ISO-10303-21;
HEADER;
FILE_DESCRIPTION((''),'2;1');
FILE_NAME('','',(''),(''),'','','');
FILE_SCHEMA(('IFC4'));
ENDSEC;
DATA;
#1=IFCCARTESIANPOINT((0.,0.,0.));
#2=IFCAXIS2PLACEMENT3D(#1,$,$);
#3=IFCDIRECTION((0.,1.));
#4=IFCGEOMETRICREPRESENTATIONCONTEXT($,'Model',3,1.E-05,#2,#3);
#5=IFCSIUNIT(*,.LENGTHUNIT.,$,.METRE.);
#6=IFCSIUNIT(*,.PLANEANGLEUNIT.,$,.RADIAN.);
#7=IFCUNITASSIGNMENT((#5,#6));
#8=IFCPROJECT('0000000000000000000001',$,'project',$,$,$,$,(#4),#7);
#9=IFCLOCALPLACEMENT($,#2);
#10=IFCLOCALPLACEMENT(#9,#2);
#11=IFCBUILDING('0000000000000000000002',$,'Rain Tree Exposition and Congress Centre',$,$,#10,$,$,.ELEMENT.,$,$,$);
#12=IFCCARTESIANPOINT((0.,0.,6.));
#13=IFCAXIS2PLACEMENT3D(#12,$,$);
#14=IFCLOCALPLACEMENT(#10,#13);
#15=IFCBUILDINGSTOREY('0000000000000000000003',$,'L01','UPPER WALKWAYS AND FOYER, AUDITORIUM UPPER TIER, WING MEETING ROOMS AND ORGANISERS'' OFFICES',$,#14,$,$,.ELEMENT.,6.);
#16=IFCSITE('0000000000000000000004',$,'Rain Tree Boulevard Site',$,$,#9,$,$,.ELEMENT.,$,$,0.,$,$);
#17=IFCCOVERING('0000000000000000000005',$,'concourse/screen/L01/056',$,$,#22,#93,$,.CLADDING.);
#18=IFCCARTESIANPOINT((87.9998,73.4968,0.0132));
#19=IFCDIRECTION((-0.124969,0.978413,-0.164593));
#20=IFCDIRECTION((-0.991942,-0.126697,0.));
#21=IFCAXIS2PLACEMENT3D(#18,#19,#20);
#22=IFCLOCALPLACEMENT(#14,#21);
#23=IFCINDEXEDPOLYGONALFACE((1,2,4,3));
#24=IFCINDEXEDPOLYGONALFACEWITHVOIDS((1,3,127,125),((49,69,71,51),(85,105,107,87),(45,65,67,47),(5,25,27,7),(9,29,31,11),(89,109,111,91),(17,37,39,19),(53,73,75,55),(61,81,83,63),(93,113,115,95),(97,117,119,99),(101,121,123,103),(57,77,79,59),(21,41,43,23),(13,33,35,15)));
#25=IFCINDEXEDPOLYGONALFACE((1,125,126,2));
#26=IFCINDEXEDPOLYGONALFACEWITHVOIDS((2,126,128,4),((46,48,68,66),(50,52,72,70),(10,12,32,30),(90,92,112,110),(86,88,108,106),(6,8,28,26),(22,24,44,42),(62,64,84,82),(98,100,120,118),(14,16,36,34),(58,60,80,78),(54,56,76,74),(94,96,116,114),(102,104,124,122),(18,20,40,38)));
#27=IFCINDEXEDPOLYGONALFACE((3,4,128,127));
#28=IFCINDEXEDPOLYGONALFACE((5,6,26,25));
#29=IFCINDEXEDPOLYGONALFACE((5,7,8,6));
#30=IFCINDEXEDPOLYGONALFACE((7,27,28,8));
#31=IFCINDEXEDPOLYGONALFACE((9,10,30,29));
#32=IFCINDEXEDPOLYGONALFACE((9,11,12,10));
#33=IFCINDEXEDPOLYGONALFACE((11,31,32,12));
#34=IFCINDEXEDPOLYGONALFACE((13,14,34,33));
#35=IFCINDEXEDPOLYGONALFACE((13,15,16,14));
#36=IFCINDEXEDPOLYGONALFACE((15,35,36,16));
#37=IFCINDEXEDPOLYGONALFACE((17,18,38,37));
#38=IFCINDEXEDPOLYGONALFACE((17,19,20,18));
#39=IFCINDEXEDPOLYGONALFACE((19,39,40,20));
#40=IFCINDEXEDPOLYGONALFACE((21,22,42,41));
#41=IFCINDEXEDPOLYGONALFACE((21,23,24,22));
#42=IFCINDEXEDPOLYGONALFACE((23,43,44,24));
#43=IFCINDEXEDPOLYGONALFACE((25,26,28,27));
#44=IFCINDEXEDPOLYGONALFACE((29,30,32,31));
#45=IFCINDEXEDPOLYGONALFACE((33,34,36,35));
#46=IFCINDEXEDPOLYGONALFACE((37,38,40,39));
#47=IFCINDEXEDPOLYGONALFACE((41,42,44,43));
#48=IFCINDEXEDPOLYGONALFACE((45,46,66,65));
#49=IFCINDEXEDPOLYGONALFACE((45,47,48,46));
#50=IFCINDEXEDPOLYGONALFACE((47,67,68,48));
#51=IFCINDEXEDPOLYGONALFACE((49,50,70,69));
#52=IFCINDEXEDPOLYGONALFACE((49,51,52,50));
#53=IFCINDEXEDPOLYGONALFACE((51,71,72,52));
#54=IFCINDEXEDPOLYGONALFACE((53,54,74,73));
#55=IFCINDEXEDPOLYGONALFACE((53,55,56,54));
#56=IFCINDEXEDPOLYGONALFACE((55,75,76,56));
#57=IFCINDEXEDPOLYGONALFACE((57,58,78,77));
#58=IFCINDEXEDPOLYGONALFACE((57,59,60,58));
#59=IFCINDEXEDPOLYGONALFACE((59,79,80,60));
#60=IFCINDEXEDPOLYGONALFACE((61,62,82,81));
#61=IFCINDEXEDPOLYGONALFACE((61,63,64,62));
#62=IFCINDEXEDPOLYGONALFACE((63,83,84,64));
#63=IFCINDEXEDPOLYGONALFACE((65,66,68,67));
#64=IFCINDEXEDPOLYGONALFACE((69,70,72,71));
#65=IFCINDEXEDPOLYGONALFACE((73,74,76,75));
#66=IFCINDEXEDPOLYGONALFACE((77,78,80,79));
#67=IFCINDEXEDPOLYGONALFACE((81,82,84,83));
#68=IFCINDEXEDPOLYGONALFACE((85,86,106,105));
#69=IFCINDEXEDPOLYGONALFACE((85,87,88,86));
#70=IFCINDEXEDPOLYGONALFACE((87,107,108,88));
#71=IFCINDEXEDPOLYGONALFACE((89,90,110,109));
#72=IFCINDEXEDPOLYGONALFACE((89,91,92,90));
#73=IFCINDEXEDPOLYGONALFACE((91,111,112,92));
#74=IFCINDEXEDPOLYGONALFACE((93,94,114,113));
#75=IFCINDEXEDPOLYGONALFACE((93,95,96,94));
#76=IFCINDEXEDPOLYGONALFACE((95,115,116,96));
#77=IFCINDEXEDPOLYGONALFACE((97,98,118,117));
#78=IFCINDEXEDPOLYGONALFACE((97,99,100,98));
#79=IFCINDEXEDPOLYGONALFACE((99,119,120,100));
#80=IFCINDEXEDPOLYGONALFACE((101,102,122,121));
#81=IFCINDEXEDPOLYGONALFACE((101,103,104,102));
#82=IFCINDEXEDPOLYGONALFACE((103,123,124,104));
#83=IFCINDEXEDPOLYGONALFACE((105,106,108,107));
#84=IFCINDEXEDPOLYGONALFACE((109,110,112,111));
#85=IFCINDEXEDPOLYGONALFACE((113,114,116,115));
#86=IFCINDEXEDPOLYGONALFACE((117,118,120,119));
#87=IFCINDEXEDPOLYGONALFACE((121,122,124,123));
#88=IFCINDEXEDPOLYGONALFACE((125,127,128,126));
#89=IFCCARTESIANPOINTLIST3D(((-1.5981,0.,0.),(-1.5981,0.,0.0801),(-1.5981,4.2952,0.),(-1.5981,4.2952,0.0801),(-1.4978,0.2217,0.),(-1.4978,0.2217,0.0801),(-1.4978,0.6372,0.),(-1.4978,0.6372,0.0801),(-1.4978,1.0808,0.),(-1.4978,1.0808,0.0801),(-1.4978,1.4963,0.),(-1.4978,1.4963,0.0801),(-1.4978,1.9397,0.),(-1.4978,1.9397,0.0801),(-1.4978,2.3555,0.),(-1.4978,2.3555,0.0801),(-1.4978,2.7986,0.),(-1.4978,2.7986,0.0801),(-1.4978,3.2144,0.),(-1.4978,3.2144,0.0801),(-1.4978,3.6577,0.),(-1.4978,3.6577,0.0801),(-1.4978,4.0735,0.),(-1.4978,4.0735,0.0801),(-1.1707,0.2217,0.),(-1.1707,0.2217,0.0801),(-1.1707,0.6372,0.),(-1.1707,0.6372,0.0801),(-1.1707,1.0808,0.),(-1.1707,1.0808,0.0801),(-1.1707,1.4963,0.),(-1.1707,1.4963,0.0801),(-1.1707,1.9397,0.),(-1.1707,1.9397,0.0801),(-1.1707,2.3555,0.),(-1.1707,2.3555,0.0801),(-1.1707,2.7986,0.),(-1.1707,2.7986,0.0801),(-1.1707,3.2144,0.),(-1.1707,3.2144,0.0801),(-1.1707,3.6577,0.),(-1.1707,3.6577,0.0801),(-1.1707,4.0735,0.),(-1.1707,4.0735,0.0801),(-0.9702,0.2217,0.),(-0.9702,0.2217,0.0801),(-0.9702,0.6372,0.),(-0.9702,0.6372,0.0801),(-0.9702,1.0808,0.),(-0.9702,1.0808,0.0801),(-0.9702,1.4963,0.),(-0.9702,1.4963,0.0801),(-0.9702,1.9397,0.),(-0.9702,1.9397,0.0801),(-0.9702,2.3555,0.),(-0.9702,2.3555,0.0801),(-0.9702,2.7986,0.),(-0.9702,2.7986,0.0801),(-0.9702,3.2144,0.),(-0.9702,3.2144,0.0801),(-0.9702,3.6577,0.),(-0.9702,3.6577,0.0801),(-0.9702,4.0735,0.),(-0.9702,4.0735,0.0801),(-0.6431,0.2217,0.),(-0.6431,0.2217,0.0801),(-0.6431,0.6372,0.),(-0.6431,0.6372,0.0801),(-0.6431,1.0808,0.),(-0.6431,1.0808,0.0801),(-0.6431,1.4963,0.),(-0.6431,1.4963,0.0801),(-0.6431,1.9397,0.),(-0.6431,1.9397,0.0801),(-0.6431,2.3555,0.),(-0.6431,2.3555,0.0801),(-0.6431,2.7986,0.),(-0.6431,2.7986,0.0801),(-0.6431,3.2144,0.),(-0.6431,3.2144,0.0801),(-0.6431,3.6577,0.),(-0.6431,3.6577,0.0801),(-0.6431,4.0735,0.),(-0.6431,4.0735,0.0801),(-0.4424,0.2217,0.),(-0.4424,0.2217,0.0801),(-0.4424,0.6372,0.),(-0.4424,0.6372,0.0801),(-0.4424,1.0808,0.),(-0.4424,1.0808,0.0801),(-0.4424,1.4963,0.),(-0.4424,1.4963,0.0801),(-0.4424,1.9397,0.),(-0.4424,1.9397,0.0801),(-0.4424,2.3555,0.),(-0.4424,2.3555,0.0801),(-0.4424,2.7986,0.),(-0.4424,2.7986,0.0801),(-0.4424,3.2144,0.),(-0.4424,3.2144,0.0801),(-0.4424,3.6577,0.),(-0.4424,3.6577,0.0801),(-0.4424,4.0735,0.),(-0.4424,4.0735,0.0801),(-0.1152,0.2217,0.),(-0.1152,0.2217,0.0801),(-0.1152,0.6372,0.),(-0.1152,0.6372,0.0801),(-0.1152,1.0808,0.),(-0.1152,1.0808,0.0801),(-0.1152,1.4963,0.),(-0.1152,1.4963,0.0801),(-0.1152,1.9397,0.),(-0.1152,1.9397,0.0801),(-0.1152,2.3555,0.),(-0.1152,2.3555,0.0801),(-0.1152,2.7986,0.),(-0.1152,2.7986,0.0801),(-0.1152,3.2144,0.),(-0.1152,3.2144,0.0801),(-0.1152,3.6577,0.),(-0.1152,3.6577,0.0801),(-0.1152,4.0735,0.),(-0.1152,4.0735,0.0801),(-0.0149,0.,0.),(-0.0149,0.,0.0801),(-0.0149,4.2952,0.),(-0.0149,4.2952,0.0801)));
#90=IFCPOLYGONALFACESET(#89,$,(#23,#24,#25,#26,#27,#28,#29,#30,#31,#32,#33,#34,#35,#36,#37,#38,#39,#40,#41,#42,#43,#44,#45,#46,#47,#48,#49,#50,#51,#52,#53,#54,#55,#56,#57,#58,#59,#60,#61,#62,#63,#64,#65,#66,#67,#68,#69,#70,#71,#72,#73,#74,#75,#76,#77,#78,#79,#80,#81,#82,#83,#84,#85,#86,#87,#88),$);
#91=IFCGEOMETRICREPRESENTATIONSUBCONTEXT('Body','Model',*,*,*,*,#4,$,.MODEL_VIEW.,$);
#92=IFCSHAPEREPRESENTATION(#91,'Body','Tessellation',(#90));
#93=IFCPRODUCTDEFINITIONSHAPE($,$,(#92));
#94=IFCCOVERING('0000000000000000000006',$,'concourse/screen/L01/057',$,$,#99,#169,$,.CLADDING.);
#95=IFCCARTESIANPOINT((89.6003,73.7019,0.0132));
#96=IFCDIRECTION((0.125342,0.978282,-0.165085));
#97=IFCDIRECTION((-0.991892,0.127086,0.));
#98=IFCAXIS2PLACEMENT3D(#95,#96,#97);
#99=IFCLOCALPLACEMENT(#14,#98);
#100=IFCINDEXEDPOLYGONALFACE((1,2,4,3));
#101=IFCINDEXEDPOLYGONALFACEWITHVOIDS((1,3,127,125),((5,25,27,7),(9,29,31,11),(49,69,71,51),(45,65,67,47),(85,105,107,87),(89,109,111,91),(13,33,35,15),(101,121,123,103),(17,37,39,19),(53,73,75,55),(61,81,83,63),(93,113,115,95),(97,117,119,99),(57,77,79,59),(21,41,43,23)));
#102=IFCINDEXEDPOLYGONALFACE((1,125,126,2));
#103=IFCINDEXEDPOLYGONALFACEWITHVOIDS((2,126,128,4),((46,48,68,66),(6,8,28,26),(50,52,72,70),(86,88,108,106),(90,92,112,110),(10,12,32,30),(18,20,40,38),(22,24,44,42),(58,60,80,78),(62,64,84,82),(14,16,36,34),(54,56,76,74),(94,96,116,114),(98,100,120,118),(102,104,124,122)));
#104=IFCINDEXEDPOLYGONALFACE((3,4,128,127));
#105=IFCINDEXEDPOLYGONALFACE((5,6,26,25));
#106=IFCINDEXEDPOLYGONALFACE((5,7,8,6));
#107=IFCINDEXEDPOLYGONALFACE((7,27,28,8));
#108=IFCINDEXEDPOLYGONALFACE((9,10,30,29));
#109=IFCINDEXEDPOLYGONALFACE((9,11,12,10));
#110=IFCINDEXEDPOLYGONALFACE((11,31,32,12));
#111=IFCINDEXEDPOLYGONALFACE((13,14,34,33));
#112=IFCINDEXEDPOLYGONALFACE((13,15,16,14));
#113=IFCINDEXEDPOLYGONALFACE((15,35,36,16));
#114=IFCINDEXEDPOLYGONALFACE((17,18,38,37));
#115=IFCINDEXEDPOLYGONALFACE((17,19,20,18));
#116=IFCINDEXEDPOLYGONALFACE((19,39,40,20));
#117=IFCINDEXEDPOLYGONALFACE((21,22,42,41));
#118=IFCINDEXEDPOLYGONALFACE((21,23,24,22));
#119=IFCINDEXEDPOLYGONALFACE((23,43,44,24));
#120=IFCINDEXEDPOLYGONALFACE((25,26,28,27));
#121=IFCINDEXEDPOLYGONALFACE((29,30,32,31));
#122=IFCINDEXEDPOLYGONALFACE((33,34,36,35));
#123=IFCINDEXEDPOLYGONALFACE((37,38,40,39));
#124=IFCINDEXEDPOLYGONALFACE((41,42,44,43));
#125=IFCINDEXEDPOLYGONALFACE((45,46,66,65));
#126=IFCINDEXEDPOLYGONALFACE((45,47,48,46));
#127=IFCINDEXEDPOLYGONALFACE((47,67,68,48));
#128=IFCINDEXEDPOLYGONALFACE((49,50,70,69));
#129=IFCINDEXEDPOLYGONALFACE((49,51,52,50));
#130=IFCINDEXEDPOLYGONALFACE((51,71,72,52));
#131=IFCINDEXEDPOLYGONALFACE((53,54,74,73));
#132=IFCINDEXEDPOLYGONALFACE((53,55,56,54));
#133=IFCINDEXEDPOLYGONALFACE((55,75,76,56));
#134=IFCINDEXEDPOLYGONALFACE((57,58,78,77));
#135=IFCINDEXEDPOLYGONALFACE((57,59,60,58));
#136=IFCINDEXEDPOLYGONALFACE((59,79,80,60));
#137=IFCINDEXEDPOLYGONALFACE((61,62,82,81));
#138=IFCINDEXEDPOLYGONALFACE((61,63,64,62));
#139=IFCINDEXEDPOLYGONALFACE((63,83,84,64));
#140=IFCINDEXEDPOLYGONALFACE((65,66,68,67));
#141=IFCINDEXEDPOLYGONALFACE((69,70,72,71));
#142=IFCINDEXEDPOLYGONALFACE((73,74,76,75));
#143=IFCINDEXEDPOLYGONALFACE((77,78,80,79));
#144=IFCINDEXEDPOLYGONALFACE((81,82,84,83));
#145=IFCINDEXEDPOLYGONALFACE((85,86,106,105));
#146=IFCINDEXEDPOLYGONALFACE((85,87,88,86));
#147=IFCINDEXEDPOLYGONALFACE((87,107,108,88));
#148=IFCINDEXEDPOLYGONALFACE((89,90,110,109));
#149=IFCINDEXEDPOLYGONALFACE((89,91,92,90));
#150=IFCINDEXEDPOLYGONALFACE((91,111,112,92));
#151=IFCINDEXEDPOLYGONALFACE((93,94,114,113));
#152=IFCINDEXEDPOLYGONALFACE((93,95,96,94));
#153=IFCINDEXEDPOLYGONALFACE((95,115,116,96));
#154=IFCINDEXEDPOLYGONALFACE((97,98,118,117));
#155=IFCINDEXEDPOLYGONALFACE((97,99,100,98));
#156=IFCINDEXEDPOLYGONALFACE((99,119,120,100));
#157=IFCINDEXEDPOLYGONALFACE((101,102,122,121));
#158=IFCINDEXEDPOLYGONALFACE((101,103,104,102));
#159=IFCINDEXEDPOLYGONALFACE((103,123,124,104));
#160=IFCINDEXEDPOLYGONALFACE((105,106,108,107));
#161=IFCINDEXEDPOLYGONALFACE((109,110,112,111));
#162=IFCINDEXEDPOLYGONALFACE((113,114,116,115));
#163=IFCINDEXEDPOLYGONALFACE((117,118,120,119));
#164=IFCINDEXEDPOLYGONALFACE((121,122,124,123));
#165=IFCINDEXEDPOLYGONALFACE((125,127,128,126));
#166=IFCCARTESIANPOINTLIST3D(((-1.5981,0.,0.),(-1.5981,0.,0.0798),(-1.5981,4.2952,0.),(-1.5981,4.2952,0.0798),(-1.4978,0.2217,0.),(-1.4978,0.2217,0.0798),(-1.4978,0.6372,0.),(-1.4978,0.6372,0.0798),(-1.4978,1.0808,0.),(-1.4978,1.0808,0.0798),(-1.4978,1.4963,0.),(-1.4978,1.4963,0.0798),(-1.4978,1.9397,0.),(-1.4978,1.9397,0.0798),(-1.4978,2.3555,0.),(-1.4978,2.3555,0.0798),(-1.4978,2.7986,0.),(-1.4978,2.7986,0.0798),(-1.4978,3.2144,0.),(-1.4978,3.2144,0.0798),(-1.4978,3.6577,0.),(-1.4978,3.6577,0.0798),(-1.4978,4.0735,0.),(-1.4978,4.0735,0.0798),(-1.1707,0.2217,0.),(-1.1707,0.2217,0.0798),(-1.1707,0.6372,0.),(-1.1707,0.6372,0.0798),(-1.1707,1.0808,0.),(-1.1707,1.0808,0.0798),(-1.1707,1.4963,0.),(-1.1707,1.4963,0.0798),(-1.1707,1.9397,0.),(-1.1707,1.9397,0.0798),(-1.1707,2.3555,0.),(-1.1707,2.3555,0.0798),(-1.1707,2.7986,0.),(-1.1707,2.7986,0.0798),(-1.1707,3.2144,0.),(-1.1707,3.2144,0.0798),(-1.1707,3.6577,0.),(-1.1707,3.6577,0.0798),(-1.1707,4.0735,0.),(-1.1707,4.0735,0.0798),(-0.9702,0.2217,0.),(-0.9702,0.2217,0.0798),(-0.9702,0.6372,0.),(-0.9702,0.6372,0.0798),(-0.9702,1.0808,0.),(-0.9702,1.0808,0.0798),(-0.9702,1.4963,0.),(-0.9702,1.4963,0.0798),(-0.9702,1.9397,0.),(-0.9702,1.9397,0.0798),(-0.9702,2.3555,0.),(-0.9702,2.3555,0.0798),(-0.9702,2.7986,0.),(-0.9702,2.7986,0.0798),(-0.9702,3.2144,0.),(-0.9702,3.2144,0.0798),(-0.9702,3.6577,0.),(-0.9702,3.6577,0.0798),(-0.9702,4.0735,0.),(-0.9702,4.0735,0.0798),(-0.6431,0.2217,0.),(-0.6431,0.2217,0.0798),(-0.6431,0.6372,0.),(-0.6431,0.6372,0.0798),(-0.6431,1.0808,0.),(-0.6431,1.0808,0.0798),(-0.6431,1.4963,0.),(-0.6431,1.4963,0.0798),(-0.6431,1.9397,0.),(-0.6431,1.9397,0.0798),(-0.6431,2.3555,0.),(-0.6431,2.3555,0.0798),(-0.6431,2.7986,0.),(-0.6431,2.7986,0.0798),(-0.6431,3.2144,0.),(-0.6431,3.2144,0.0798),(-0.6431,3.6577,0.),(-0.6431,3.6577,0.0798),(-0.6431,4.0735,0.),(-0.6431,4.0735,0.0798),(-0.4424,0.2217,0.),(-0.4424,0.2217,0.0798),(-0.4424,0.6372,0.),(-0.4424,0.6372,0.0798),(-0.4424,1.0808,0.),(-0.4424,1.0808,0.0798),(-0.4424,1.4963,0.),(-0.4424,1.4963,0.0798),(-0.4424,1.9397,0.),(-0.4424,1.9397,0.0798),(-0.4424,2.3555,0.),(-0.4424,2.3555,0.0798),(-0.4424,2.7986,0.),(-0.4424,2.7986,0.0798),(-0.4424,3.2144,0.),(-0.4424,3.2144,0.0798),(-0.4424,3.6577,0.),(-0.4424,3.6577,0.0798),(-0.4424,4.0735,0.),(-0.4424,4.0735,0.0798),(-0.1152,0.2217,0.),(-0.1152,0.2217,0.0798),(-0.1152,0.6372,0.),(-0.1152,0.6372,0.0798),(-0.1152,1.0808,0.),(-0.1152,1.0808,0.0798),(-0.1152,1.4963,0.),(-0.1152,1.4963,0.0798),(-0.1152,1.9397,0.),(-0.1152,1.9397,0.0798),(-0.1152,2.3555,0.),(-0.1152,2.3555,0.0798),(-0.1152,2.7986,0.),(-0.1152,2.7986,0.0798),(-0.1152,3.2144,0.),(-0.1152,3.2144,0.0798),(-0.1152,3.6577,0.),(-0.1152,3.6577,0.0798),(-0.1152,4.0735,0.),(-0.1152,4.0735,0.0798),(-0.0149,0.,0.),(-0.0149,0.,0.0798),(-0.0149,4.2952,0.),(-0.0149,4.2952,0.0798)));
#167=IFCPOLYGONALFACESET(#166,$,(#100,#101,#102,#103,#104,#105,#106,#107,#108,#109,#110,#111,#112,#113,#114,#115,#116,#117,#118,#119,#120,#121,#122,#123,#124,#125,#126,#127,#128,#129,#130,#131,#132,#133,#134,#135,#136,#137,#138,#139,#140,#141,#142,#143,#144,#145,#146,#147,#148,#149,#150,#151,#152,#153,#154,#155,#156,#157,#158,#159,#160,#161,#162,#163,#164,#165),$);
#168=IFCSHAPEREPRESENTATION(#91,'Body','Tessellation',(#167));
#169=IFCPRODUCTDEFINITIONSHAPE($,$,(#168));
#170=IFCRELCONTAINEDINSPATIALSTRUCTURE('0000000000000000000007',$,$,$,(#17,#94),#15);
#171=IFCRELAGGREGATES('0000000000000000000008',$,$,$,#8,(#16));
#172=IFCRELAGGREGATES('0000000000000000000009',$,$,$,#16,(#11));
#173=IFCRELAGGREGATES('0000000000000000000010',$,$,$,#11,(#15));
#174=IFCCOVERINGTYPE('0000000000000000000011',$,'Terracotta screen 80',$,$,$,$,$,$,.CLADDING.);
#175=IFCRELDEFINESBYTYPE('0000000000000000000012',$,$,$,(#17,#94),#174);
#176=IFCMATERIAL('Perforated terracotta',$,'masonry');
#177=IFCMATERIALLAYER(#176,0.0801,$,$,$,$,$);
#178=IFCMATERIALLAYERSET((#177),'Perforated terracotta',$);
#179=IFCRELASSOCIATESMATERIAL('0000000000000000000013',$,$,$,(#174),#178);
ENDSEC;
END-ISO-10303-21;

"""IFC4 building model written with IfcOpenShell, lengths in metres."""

from ifc_helpers import new_model, si_unit, direction, frame, origin, place, context, subcontext, project, spatial, polyline, outline, extrude, material, layer, layer_set, type_object, element, save


model = new_model("IFC4")

# Units and contexts
model_context = context("Model", 3, precision=1e-05, world=origin(), true_north=direction((0.0, 1.0)))
body_context = subcontext(model_context, "Body", "Model", "MODEL_VIEW")
ifc_project = project(units=[si_unit("LENGTHUNIT", "METRE"), si_unit("PLANEANGLEUNIT", "RADIAN")], contexts=[model_context])

# Site, building, storey
site_placement = place(None, origin())
site = spatial("IfcSite", under=ifc_project, at=site_placement, Name="Rain Tree Boulevard Site", CompositionType="ELEMENT", RefElevation=0.0)
building_placement = place(site_placement, origin())
building = spatial("IfcBuilding", under=site, at=building_placement, Name="Rain Tree Exposition and Congress Centre", CompositionType="ELEMENT")
storey_placement = place(building_placement, frame((0.0, 0.0, 6.0)))
storey = spatial("IfcBuildingStorey", under=building, at=storey_placement, Name="L01", Description="UPPER WALKWAYS AND FOYER, AUDITORIUM UPPER TIER, WING MEETING ROOMS AND ORGANISERS' OFFICES", CompositionType="ELEMENT", Elevation=6.0)

# Coverings
ifc_material_1 = material(Name="Perforated terracotta", Category="masonry")
ifc_layer = layer(ifc_material_1, 0.0801)
ifc_layer_set = layer_set([ifc_layer], Name="Perforated terracotta")
covering_type = type_object("IfcCoveringType", Name="Terracotta screen 80", PredefinedType="CLADDING", material=ifc_layer_set)
covering_1_placement = place(storey_placement, frame((87.9998, 73.4968, 0.0132), z_axis=(-0.124969, 0.978413, -0.164593), x_axis=(-0.991942, -0.126697, 0.0)))
element("IfcCovering", 1, at=covering_1_placement, inside=storey, type_object=covering_type, Name="concourse/screen/L01/056", PredefinedType="CLADDING", context=body_context, shape_type="SweptSolid", body=[
    extrude(outline(polyline([(-1.5981, 0.0), (-1.5981, 4.2952), (-0.0149, 4.2952), (-0.0149, 0.0), (-1.5981, 0.0)]), holes=[polyline([(-0.1152, 0.2217), (-0.1152, 0.6372), (-0.4424, 0.6372), (-0.4424, 0.2217), (-0.1152, 0.2217)]), polyline([(-0.1152, 1.0808), (-0.1152, 1.4963), (-0.4424, 1.4963), (-0.4424, 1.0808), (-0.1152, 1.0808)]), polyline([(-0.1152, 1.9397), (-0.1152, 2.3555), (-0.4424, 2.3555), (-0.4424, 1.9397), (-0.1152, 1.9397)]), polyline([(-0.1152, 2.7986), (-0.1152, 3.2144), (-0.4424, 3.2144), (-0.4424, 2.7986), (-0.1152, 2.7986)]), polyline([(-0.1152, 3.6577), (-0.1152, 4.0735), (-0.4424, 4.0735), (-0.4424, 3.6577), (-0.1152, 3.6577)]), polyline([(-0.6431, 0.2217), (-0.6431, 0.6372), (-0.9702, 0.6372), (-0.9702, 0.2217), (-0.6431, 0.2217)]), polyline([(-0.6431, 1.0808), (-0.6431, 1.4963), (-0.9702, 1.4963), (-0.9702, 1.0808), (-0.6431, 1.0808)]), polyline([(-0.6431, 1.9397), (-0.6431, 2.3555), (-0.9702, 2.3555), (-0.9702, 1.9397), (-0.6431, 1.9397)]), polyline([(-0.6431, 2.7986), (-0.6431, 3.2144), (-0.9702, 3.2144), (-0.9702, 2.7986), (-0.6431, 2.7986)]), polyline([(-0.6431, 3.6577), (-0.6431, 4.0735), (-0.9702, 4.0735), (-0.9702, 3.6577), (-0.6431, 3.6577)]), polyline([(-1.1707, 0.2217), (-1.1707, 0.6372), (-1.4978, 0.6372), (-1.4978, 0.2217), (-1.1707, 0.2217)]), polyline([(-1.1707, 1.0808), (-1.1707, 1.4963), (-1.4978, 1.4963), (-1.4978, 1.0808), (-1.1707, 1.0808)]), polyline([(-1.1707, 1.9397), (-1.1707, 2.3555), (-1.4978, 2.3555), (-1.4978, 1.9397), (-1.1707, 1.9397)]), polyline([(-1.1707, 2.7986), (-1.1707, 3.2144), (-1.4978, 3.2144), (-1.4978, 2.7986), (-1.1707, 2.7986)]), polyline([(-1.1707, 3.6577), (-1.1707, 4.0735), (-1.4978, 4.0735), (-1.4978, 3.6577), (-1.1707, 3.6577)])]), origin(), (0.0, 0.0, 1.0), 0.0801),
])
covering_2_placement = place(storey_placement, frame((89.6003, 73.7019, 0.0132), z_axis=(0.125342, 0.978282, -0.165085), x_axis=(-0.991892, 0.127086, 0.0)))
element("IfcCovering", 2, at=covering_2_placement, inside=storey, type_object=covering_type, Name="concourse/screen/L01/057", PredefinedType="CLADDING", context=body_context, shape_type="SweptSolid", body=[
    extrude(outline(polyline([(-1.5981, 0.0), (-1.5981, 4.2952), (-0.0149, 4.2952), (-0.0149, 0.0), (-1.5981, 0.0)]), holes=[polyline([(-0.1152, 0.2217), (-0.1152, 0.6372), (-0.4424, 0.6372), (-0.4424, 0.2217), (-0.1152, 0.2217)]), polyline([(-0.1152, 1.0808), (-0.1152, 1.4963), (-0.4424, 1.4963), (-0.4424, 1.0808), (-0.1152, 1.0808)]), polyline([(-0.1152, 1.9397), (-0.1152, 2.3555), (-0.4424, 2.3555), (-0.4424, 1.9397), (-0.1152, 1.9397)]), polyline([(-0.1152, 2.7986), (-0.1152, 3.2144), (-0.4424, 3.2144), (-0.4424, 2.7986), (-0.1152, 2.7986)]), polyline([(-0.1152, 3.6577), (-0.1152, 4.0735), (-0.4424, 4.0735), (-0.4424, 3.6577), (-0.1152, 3.6577)]), polyline([(-0.6431, 0.2217), (-0.6431, 0.6372), (-0.9702, 0.6372), (-0.9702, 0.2217), (-0.6431, 0.2217)]), polyline([(-0.6431, 1.0808), (-0.6431, 1.4963), (-0.9702, 1.4963), (-0.9702, 1.0808), (-0.6431, 1.0808)]), polyline([(-0.6431, 1.9397), (-0.6431, 2.3555), (-0.9702, 2.3555), (-0.9702, 1.9397), (-0.6431, 1.9397)]), polyline([(-0.6431, 2.7986), (-0.6431, 3.2144), (-0.9702, 3.2144), (-0.9702, 2.7986), (-0.6431, 2.7986)]), polyline([(-0.6431, 3.6577), (-0.6431, 4.0735), (-0.9702, 4.0735), (-0.9702, 3.6577), (-0.6431, 3.6577)]), polyline([(-1.1707, 0.2217), (-1.1707, 0.6372), (-1.4978, 0.6372), (-1.4978, 0.2217), (-1.1707, 0.2217)]), polyline([(-1.1707, 1.0808), (-1.1707, 1.4963), (-1.4978, 1.4963), (-1.4978, 1.0808), (-1.1707, 1.0808)]), polyline([(-1.1707, 1.9397), (-1.1707, 2.3555), (-1.4978, 2.3555), (-1.4978, 1.9397), (-1.1707, 1.9397)]), polyline([(-1.1707, 2.7986), (-1.1707, 3.2144), (-1.4978, 3.2144), (-1.4978, 2.7986), (-1.1707, 2.7986)]), polyline([(-1.1707, 3.6577), (-1.1707, 4.0735), (-1.4978, 4.0735), (-1.4978, 3.6577), (-1.1707, 3.6577)])]), origin(), (0.0, 0.0, 1.0), 0.0798),
])

save(model, "model.ifc")
